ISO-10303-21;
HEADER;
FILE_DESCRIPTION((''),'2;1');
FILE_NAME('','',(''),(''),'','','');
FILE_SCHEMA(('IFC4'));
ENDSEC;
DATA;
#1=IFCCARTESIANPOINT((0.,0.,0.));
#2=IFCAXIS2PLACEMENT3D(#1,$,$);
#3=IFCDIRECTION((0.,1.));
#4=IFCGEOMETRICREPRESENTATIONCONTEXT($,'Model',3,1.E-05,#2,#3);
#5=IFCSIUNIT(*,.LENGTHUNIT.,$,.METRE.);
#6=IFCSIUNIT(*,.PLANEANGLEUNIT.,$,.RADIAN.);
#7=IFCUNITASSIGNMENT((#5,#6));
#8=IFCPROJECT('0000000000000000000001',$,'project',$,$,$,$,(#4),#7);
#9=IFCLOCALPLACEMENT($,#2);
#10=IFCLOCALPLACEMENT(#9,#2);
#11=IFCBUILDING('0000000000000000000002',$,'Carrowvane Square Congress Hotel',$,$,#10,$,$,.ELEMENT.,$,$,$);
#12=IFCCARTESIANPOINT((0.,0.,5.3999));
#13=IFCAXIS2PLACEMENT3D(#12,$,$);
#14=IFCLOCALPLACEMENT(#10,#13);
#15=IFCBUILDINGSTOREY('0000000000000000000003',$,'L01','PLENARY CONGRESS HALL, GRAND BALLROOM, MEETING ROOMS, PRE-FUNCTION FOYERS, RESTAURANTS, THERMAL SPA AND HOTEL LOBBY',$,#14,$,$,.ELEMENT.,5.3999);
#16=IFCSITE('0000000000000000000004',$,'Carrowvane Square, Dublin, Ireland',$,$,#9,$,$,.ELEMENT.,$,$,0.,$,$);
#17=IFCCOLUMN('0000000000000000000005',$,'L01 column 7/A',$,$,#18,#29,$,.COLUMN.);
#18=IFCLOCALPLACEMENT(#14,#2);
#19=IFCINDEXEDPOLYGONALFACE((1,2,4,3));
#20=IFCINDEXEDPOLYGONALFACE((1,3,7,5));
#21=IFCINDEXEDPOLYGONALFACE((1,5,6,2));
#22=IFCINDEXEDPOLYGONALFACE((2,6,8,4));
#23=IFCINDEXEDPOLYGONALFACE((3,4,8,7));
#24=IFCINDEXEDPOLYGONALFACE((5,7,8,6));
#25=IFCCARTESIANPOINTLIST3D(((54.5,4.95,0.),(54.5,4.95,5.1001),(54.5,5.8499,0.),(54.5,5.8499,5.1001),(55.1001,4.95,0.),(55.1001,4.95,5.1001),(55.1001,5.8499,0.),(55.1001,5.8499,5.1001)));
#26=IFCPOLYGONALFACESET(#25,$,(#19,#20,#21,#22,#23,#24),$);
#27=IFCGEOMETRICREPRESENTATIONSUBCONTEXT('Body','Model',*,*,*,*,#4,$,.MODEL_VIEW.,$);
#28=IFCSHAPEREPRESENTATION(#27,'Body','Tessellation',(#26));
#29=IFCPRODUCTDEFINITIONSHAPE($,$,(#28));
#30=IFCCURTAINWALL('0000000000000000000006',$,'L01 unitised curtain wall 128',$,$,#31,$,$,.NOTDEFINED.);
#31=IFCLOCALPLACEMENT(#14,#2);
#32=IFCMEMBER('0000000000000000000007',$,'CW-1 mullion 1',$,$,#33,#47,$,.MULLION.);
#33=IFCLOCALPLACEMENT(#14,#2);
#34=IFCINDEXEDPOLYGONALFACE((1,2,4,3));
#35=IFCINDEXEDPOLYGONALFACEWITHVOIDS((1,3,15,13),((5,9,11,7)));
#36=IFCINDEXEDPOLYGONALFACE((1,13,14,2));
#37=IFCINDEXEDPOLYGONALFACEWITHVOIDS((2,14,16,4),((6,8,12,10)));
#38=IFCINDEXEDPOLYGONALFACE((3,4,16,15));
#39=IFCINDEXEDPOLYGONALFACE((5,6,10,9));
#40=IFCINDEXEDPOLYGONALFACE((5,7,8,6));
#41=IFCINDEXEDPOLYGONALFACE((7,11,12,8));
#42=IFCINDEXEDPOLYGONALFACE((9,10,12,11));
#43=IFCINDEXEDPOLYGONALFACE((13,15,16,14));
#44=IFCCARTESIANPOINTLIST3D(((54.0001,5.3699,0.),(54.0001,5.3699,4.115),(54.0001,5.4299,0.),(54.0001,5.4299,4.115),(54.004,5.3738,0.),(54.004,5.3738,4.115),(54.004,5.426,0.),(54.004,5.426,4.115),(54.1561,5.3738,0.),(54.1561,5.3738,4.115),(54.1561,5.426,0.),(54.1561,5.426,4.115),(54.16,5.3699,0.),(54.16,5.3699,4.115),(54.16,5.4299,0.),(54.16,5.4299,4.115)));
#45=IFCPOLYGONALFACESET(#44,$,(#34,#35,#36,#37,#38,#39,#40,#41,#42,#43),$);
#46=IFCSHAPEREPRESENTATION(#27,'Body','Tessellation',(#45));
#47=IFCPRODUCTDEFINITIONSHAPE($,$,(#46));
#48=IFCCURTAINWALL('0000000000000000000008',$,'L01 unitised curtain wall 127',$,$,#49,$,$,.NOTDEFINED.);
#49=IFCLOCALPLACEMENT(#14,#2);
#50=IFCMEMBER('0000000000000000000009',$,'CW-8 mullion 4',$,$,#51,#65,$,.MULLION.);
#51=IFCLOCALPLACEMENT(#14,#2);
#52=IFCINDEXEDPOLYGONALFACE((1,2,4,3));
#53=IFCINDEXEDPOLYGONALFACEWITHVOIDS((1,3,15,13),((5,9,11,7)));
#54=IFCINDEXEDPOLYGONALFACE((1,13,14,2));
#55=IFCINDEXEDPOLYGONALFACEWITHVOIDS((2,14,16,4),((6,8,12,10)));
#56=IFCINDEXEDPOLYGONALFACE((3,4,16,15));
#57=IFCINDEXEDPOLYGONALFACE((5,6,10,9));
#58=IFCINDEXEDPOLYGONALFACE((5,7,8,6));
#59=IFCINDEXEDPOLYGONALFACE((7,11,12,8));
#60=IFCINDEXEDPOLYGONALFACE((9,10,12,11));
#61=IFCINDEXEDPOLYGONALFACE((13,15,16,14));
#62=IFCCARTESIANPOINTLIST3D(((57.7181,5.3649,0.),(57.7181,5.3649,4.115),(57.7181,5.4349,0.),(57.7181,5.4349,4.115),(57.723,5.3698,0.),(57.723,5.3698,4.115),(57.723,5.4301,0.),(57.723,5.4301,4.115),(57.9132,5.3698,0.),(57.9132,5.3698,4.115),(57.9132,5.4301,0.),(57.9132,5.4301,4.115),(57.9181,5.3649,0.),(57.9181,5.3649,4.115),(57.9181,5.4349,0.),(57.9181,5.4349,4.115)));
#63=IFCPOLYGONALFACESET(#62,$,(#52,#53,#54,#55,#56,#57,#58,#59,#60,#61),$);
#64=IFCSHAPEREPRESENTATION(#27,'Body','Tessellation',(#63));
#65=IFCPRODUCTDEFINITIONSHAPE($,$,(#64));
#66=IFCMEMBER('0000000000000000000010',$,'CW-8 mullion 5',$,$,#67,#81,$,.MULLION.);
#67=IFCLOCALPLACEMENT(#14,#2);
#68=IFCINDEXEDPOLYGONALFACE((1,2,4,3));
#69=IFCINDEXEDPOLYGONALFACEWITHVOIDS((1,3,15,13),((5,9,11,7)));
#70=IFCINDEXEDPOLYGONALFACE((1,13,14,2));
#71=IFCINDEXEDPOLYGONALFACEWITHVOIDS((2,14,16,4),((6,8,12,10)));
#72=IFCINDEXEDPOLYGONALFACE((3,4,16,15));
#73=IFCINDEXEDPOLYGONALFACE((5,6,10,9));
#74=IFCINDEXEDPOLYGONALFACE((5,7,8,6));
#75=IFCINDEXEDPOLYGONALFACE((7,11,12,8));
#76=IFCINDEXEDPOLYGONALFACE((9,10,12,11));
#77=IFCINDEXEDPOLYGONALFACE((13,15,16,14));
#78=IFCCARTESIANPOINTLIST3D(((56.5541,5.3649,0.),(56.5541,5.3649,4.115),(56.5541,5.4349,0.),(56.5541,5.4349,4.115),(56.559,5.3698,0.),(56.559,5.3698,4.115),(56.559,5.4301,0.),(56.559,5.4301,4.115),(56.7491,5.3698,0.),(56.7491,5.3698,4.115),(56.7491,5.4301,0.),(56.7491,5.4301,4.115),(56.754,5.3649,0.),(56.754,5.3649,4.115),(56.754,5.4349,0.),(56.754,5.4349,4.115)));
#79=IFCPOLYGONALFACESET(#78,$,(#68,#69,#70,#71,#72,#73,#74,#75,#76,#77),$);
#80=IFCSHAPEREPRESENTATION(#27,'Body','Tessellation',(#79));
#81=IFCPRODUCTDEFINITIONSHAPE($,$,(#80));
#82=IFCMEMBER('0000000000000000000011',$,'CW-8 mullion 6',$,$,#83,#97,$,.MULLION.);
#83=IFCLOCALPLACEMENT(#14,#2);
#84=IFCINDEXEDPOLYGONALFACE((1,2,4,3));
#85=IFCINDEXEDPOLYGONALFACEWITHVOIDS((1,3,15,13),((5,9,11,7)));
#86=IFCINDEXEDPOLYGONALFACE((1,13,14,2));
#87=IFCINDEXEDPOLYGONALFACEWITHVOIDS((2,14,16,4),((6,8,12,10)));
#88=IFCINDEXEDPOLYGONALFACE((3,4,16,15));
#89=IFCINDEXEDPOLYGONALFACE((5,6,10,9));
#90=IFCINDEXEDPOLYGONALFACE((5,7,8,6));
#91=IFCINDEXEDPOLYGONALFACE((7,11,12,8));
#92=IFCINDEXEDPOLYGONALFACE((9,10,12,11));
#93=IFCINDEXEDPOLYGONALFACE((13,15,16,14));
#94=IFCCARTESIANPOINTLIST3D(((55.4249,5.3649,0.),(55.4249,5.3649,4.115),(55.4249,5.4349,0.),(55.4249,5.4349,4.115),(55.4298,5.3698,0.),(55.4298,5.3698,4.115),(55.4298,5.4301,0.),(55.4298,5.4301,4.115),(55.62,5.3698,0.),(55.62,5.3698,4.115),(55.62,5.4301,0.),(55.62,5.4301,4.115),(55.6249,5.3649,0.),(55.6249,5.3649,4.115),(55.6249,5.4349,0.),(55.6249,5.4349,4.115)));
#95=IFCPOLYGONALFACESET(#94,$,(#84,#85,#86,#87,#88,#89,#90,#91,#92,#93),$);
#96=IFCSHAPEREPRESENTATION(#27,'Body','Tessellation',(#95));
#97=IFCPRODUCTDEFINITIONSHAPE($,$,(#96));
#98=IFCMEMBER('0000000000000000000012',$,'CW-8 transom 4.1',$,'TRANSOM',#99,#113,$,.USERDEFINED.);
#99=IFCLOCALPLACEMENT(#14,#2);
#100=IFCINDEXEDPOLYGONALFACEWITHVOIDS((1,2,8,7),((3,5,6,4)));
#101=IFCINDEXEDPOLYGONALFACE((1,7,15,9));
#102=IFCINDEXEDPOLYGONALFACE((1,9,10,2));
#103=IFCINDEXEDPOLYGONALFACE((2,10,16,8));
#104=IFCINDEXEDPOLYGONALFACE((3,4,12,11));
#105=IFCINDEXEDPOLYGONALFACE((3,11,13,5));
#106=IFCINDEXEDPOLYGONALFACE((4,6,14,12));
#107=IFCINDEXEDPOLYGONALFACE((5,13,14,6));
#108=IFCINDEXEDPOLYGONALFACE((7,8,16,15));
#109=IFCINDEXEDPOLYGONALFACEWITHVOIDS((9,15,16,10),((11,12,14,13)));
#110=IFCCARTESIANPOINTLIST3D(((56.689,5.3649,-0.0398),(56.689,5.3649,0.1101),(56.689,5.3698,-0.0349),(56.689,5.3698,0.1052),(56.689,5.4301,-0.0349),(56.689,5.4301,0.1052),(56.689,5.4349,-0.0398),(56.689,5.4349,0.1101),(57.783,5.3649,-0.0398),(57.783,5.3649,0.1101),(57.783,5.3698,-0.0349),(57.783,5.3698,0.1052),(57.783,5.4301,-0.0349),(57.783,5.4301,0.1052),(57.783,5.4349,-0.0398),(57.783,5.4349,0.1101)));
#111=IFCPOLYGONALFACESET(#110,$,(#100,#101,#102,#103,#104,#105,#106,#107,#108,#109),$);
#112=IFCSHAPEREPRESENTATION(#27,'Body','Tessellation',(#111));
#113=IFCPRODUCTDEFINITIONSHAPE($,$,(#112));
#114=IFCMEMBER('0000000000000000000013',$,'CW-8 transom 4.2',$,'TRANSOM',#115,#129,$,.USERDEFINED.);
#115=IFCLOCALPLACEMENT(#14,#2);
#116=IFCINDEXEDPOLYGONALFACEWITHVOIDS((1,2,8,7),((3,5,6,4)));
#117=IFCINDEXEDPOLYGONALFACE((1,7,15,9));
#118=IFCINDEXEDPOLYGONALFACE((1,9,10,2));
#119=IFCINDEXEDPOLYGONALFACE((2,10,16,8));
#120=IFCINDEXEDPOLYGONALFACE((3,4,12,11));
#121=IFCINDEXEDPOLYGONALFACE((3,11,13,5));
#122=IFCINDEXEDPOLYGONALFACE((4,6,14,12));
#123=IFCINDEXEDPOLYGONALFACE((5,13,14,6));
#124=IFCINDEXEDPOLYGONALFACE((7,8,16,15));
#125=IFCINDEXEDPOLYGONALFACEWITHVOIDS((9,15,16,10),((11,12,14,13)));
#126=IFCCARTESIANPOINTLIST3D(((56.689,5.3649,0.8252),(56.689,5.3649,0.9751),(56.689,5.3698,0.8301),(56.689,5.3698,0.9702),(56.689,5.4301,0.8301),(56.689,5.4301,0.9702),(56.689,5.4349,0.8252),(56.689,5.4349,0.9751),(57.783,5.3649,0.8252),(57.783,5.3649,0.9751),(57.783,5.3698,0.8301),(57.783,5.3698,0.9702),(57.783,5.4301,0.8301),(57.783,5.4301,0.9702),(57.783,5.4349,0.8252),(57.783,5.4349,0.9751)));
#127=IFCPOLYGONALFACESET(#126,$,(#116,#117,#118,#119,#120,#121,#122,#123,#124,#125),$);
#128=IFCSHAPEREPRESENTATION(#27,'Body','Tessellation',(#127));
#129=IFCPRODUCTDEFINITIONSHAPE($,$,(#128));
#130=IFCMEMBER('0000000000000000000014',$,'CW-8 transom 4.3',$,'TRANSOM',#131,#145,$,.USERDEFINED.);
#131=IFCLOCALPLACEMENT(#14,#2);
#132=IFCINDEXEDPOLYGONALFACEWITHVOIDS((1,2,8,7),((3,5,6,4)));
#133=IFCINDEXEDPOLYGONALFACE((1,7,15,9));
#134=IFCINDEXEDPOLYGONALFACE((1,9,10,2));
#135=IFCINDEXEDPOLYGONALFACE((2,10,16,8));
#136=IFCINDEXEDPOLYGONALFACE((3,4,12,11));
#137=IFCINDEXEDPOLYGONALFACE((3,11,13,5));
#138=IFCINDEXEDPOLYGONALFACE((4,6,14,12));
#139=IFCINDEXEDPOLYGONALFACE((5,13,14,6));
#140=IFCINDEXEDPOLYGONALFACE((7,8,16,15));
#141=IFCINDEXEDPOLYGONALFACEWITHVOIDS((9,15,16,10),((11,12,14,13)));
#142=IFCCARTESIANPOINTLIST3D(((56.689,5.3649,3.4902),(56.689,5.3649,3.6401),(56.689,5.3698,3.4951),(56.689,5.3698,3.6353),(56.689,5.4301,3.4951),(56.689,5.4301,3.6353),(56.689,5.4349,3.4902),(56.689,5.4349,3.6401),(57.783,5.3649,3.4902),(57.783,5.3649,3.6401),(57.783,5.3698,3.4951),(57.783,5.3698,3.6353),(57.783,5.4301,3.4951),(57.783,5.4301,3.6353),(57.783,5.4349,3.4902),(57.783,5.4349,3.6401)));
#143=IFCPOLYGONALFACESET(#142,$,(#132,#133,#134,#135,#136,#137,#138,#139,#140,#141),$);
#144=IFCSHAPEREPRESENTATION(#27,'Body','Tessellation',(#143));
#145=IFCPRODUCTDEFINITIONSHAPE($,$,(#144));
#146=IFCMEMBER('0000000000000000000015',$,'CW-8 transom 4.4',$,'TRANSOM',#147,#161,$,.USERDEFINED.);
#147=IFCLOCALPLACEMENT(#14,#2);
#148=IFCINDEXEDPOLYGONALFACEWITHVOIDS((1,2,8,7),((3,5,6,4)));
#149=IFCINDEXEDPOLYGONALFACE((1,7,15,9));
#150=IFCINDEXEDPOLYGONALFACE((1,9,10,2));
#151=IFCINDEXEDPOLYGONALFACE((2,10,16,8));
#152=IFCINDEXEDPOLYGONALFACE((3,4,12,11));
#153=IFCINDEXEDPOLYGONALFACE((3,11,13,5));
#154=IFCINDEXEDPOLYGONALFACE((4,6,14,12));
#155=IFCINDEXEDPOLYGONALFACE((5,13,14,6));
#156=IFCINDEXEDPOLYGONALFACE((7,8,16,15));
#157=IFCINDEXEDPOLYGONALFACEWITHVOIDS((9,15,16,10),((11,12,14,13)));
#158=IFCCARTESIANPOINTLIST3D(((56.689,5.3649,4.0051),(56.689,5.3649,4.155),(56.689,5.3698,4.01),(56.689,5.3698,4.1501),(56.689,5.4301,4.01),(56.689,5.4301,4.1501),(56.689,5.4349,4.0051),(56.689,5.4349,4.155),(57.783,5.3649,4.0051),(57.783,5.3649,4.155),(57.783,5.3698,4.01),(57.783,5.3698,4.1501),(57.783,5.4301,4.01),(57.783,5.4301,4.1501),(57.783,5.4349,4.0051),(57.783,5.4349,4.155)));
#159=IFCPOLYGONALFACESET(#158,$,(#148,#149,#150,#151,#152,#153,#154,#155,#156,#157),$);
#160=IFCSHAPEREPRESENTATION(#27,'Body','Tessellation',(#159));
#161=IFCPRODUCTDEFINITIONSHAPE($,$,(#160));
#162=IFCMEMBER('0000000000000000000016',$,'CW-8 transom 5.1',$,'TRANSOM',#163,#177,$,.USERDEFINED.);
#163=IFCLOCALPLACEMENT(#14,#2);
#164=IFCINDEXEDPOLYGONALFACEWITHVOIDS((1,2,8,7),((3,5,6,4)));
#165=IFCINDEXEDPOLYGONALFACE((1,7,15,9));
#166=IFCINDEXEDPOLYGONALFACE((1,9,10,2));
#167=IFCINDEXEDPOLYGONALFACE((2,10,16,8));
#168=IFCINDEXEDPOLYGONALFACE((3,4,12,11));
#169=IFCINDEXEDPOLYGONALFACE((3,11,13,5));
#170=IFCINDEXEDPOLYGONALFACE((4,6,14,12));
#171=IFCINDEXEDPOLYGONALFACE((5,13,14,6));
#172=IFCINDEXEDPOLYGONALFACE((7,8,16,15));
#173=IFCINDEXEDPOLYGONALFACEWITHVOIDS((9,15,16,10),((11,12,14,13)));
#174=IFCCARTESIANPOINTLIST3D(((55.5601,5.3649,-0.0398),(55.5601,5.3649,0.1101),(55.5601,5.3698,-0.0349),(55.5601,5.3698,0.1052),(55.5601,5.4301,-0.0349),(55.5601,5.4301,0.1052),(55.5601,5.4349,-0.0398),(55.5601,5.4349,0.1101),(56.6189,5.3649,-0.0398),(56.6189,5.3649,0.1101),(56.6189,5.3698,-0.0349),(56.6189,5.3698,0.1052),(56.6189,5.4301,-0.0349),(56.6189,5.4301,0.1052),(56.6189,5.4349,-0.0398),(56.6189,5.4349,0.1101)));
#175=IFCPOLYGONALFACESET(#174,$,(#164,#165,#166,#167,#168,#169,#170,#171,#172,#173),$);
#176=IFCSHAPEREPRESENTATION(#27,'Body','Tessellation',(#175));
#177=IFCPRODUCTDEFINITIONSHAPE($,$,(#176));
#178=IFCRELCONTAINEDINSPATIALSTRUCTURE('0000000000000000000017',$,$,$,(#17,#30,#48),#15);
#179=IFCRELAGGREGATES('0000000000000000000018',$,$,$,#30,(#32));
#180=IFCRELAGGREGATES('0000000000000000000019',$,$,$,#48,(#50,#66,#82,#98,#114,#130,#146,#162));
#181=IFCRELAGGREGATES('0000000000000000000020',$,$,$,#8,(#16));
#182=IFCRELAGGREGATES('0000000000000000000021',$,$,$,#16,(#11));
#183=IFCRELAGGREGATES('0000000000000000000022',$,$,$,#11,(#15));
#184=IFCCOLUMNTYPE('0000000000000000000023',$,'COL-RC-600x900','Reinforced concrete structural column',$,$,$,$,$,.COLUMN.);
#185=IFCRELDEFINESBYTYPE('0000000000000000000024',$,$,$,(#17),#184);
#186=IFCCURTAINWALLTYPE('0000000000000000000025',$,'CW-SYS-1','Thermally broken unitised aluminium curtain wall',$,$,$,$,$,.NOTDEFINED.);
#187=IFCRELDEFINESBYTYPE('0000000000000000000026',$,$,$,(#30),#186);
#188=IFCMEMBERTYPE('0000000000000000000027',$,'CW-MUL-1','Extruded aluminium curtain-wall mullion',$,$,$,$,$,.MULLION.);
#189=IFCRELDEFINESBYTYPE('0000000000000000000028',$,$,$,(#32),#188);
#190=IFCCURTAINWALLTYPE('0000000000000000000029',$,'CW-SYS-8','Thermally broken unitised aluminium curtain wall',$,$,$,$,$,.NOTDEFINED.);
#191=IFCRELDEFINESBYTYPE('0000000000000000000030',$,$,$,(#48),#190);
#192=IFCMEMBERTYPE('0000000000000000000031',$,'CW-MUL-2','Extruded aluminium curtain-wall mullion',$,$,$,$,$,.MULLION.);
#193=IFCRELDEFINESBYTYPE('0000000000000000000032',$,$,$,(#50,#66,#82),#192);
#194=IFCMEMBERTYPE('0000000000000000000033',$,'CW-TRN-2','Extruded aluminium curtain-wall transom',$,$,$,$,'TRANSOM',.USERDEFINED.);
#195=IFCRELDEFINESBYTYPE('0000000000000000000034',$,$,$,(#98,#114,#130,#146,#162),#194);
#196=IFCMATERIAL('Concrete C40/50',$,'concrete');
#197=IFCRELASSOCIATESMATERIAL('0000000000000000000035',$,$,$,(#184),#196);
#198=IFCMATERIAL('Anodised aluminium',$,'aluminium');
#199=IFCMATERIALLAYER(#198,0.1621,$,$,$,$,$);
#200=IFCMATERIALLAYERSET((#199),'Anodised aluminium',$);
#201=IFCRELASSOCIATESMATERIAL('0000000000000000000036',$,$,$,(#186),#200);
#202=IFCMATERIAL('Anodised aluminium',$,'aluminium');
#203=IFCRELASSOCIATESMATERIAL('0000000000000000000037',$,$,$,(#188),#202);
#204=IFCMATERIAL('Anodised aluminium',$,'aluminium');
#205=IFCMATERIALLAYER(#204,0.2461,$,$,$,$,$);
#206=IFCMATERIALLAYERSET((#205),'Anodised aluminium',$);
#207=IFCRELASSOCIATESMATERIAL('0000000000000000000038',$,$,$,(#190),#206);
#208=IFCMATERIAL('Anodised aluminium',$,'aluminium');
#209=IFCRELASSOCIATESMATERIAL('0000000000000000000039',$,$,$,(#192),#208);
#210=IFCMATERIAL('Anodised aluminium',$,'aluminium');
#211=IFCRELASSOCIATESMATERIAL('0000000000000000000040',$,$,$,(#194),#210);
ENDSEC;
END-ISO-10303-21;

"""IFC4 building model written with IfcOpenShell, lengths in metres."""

from ifc_helpers import new_model, si_unit, direction, frame, origin, origin_2d, place, context, subcontext, project, spatial, rectangle, hollow_rectangle, extrude, material, layer, layer_set, material_profile, profile_set, type_object, element, aggregate, save


model = new_model("IFC4")

# Units and contexts
model_context = context("Model", 3, precision=1e-05, world=origin(), true_north=direction((0.0, 1.0)))
body_context = subcontext(model_context, "Body", "Model", "MODEL_VIEW")
ifc_project = project(units=[si_unit("LENGTHUNIT", "METRE"), si_unit("PLANEANGLEUNIT", "RADIAN")], contexts=[model_context])

# Site, building, storey
site_placement = place(None, origin())
site = spatial("IfcSite", under=ifc_project, at=site_placement, Name="Carrowvane Square, Dublin, Ireland", CompositionType="ELEMENT", RefElevation=0.0)
building_placement = place(site_placement, origin())
building = spatial("IfcBuilding", under=site, at=building_placement, Name="Carrowvane Square Congress Hotel", CompositionType="ELEMENT")
storey_placement = place(building_placement, frame((0.0, 0.0, 5.3999)))
storey = spatial("IfcBuildingStorey", under=building, at=storey_placement, Name="L01", Description="PLENARY CONGRESS HALL, GRAND BALLROOM, MEETING ROOMS, PRE-FUNCTION FOYERS, RESTAURANTS, THERMAL SPA AND HOTEL LOBBY", CompositionType="ELEMENT", Elevation=5.3999)

# Column
ifc_material_1 = material(Name="Concrete C40/50", Category="concrete")
ifc_material_profile_1 = material_profile(ifc_material_1, rectangle(XDim=0.6001, YDim=0.8999, at=origin_2d()), Name="RC 600x900")
ifc_profile_set_1 = profile_set([ifc_material_profile_1], Name="Concrete C40/50")
column_type = type_object("IfcColumnType", Name="COL-RC-600x900", Description="Reinforced concrete structural column", PredefinedType="COLUMN", material=ifc_profile_set_1)
column_placement = place(storey_placement, frame((54.8, 5.3999, 0.0), z_axis=(0.0, 0.0, 1.0), x_axis=(1.0, 0.0, 0.0)))
element("IfcColumn", 1, at=column_placement, inside=storey, type_object=column_type, Name="L01 column 7/A", PredefinedType="COLUMN", context=body_context, shape_type="SweptSolid", body=[
    extrude(rectangle(XDim=0.6001, YDim=0.8999, at=origin_2d()), origin(), (0.0, 0.0, 1.0), 5.1001),
])

# Curtain wall, member
ifc_material_2 = material(Name="Anodised aluminium", Category="aluminium")
ifc_layer_1 = layer(ifc_material_2, 0.1621)
ifc_layer_set_1 = layer_set([ifc_layer_1], Name="Anodised aluminium")
curtain_wall_type_1 = type_object("IfcCurtainWallType", Name="CW-SYS-1", Description="Thermally broken unitised aluminium curtain wall", PredefinedType="NOTDEFINED", material=ifc_layer_set_1)
curtain_wall_1_placement = place(storey_placement, origin())
curtain_wall_1 = element("IfcCurtainWall", 2, at=curtain_wall_1_placement, inside=storey, type_object=curtain_wall_type_1, Name="L01 unitised curtain wall 128", PredefinedType="NOTDEFINED")
ifc_material_3 = material(Name="Anodised aluminium", Category="aluminium")
ifc_material_profile_2 = material_profile(ifc_material_3, hollow_rectangle(XDim=0.0601, YDim=0.1599, WallThickness=0.0039, at=origin_2d()), Name="CW-ML 60x160x4")
ifc_profile_set_2 = profile_set([ifc_material_profile_2], Name="Anodised aluminium")
member_type_1 = type_object("IfcMemberType", Name="CW-MUL-1", Description="Extruded aluminium curtain-wall mullion", PredefinedType="MULLION", material=ifc_profile_set_2)
member_1_placement = place(storey_placement, frame((54.0801, 5.3999, 0.0), z_axis=(0.0, 0.0, 1.0), x_axis=(0.0, -1.0, 0.0)))
member_1 = element("IfcMember", 3, at=member_1_placement, type_object=member_type_1, Name="CW-1 mullion 1", PredefinedType="MULLION", context=body_context, shape_type="SweptSolid", body=[
    extrude(hollow_rectangle(XDim=0.0601, YDim=0.1599, WallThickness=0.0039, at=origin_2d()), origin(), (0.0, 0.0, 1.0), 4.115),
])
aggregate(curtain_wall_1, [member_1])

# Curtain wall, members
ifc_material_4 = material(Name="Anodised aluminium", Category="aluminium")
ifc_layer_2 = layer(ifc_material_4, 0.2461)
ifc_layer_set_2 = layer_set([ifc_layer_2], Name="Anodised aluminium")
curtain_wall_type_2 = type_object("IfcCurtainWallType", Name="CW-SYS-8", Description="Thermally broken unitised aluminium curtain wall", PredefinedType="NOTDEFINED", material=ifc_layer_set_2)
curtain_wall_2_placement = place(storey_placement, origin())
curtain_wall_2 = element("IfcCurtainWall", 4, at=curtain_wall_2_placement, inside=storey, type_object=curtain_wall_type_2, Name="L01 unitised curtain wall 127", PredefinedType="NOTDEFINED")
ifc_material_5 = material(Name="Anodised aluminium", Category="aluminium")
ifc_material_profile_3 = material_profile(ifc_material_5, hollow_rectangle(XDim=0.0701, YDim=0.2, WallThickness=0.0049, at=origin_2d()), Name="CW-ML 70x200x5")
ifc_profile_set_3 = profile_set([ifc_material_profile_3], Name="Anodised aluminium")
member_type_2 = type_object("IfcMemberType", Name="CW-MUL-2", Description="Extruded aluminium curtain-wall mullion", PredefinedType="MULLION", material=ifc_profile_set_3)
member_2_placement = place(storey_placement, frame((57.8181, 5.3999, 0.0), z_axis=(0.0, 0.0, 1.0), x_axis=(0.0, -1.0, 0.0)))
member_2 = element("IfcMember", 5, at=member_2_placement, type_object=member_type_2, Name="CW-8 mullion 4", PredefinedType="MULLION", context=body_context, shape_type="SweptSolid", body=[
    extrude(hollow_rectangle(XDim=0.0701, YDim=0.2, WallThickness=0.0049, at=origin_2d()), origin(), (0.0, 0.0, 1.0), 4.115),
])
member_3_placement = place(storey_placement, frame((56.6541, 5.3999, 0.0), z_axis=(0.0, 0.0, 1.0), x_axis=(0.0, -1.0, 0.0)))
member_3 = element("IfcMember", 6, at=member_3_placement, type_object=member_type_2, Name="CW-8 mullion 5", PredefinedType="MULLION", context=body_context, shape_type="SweptSolid", body=[
    extrude(hollow_rectangle(XDim=0.0701, YDim=0.2, WallThickness=0.0049, at=origin_2d()), origin(), (0.0, 0.0, 1.0), 4.115),
])
member_4_placement = place(storey_placement, frame((55.5249, 5.3999, 0.0), z_axis=(0.0, 0.0, 1.0), x_axis=(0.0, -1.0, 0.0)))
member_4 = element("IfcMember", 7, at=member_4_placement, type_object=member_type_2, Name="CW-8 mullion 6", PredefinedType="MULLION", context=body_context, shape_type="SweptSolid", body=[
    extrude(hollow_rectangle(XDim=0.0701, YDim=0.2, WallThickness=0.0049, at=origin_2d()), origin(), (0.0, 0.0, 1.0), 4.115),
])
ifc_material_6 = material(Name="Anodised aluminium", Category="aluminium")
ifc_material_profile_4 = material_profile(ifc_material_6, hollow_rectangle(XDim=0.0701, YDim=0.1499, WallThickness=0.0049, at=origin_2d()), Name="CW-TR 70x150x5")
ifc_profile_set_4 = profile_set([ifc_material_profile_4], Name="Anodised aluminium")
member_type_3 = type_object("IfcMemberType", Name="CW-TRN-2", Description="Extruded aluminium curtain-wall transom", ElementType="TRANSOM", PredefinedType="USERDEFINED", material=ifc_profile_set_4)
member_5_placement = place(storey_placement, frame((57.783, 5.3999, 0.0352), z_axis=(-1.0, 0.0, 0.0), x_axis=(0.0, -1.0, 0.0)))
member_5 = element("IfcMember", 8, at=member_5_placement, type_object=member_type_3, Name="CW-8 transom 4.1", ObjectType="TRANSOM", PredefinedType="USERDEFINED", context=body_context, shape_type="SweptSolid", body=[
    extrude(hollow_rectangle(XDim=0.0701, YDim=0.1499, WallThickness=0.0049, at=origin_2d()), origin(), (0.0, 0.0, 1.0), 1.094),
])
member_6_placement = place(storey_placement, frame((57.783, 5.3999, 0.9001), z_axis=(-1.0, 0.0, 0.0), x_axis=(0.0, -1.0, 0.0)))
member_6 = element("IfcMember", 9, at=member_6_placement, type_object=member_type_3, Name="CW-8 transom 4.2", ObjectType="TRANSOM", PredefinedType="USERDEFINED", context=body_context, shape_type="SweptSolid", body=[
    extrude(hollow_rectangle(XDim=0.0701, YDim=0.1499, WallThickness=0.0049, at=origin_2d()), origin(), (0.0, 0.0, 1.0), 1.094),
])
member_7_placement = place(storey_placement, frame((57.783, 5.3999, 3.5652), z_axis=(-1.0, 0.0, 0.0), x_axis=(0.0, -1.0, 0.0)))
member_7 = element("IfcMember", 10, at=member_7_placement, type_object=member_type_3, Name="CW-8 transom 4.3", ObjectType="TRANSOM", PredefinedType="USERDEFINED", context=body_context, shape_type="SweptSolid", body=[
    extrude(hollow_rectangle(XDim=0.0701, YDim=0.1499, WallThickness=0.0049, at=origin_2d()), origin(), (0.0, 0.0, 1.0), 1.094),
])
member_8_placement = place(storey_placement, frame((57.783, 5.3999, 4.0801), z_axis=(-1.0, 0.0, 0.0), x_axis=(0.0, -1.0, 0.0)))
member_8 = element("IfcMember", 11, at=member_8_placement, type_object=member_type_3, Name="CW-8 transom 4.4", ObjectType="TRANSOM", PredefinedType="USERDEFINED", context=body_context, shape_type="SweptSolid", body=[
    extrude(hollow_rectangle(XDim=0.0701, YDim=0.1499, WallThickness=0.0049, at=origin_2d()), origin(), (0.0, 0.0, 1.0), 1.094),
])
member_9_placement = place(storey_placement, frame((56.6189, 5.3999, 0.0352), z_axis=(-1.0, 0.0, 0.0), x_axis=(0.0, -1.0, 0.0)))
member_9 = element("IfcMember", 12, at=member_9_placement, type_object=member_type_3, Name="CW-8 transom 5.1", ObjectType="TRANSOM", PredefinedType="USERDEFINED", context=body_context, shape_type="SweptSolid", body=[
    extrude(hollow_rectangle(XDim=0.0701, YDim=0.1499, WallThickness=0.0049, at=origin_2d()), origin(), (0.0, 0.0, 1.0), 1.0588),
])

aggregate(curtain_wall_2, [member_2, member_3, member_4, member_5, member_6, member_7, member_8, member_9])

save(model, "model.ifc")
